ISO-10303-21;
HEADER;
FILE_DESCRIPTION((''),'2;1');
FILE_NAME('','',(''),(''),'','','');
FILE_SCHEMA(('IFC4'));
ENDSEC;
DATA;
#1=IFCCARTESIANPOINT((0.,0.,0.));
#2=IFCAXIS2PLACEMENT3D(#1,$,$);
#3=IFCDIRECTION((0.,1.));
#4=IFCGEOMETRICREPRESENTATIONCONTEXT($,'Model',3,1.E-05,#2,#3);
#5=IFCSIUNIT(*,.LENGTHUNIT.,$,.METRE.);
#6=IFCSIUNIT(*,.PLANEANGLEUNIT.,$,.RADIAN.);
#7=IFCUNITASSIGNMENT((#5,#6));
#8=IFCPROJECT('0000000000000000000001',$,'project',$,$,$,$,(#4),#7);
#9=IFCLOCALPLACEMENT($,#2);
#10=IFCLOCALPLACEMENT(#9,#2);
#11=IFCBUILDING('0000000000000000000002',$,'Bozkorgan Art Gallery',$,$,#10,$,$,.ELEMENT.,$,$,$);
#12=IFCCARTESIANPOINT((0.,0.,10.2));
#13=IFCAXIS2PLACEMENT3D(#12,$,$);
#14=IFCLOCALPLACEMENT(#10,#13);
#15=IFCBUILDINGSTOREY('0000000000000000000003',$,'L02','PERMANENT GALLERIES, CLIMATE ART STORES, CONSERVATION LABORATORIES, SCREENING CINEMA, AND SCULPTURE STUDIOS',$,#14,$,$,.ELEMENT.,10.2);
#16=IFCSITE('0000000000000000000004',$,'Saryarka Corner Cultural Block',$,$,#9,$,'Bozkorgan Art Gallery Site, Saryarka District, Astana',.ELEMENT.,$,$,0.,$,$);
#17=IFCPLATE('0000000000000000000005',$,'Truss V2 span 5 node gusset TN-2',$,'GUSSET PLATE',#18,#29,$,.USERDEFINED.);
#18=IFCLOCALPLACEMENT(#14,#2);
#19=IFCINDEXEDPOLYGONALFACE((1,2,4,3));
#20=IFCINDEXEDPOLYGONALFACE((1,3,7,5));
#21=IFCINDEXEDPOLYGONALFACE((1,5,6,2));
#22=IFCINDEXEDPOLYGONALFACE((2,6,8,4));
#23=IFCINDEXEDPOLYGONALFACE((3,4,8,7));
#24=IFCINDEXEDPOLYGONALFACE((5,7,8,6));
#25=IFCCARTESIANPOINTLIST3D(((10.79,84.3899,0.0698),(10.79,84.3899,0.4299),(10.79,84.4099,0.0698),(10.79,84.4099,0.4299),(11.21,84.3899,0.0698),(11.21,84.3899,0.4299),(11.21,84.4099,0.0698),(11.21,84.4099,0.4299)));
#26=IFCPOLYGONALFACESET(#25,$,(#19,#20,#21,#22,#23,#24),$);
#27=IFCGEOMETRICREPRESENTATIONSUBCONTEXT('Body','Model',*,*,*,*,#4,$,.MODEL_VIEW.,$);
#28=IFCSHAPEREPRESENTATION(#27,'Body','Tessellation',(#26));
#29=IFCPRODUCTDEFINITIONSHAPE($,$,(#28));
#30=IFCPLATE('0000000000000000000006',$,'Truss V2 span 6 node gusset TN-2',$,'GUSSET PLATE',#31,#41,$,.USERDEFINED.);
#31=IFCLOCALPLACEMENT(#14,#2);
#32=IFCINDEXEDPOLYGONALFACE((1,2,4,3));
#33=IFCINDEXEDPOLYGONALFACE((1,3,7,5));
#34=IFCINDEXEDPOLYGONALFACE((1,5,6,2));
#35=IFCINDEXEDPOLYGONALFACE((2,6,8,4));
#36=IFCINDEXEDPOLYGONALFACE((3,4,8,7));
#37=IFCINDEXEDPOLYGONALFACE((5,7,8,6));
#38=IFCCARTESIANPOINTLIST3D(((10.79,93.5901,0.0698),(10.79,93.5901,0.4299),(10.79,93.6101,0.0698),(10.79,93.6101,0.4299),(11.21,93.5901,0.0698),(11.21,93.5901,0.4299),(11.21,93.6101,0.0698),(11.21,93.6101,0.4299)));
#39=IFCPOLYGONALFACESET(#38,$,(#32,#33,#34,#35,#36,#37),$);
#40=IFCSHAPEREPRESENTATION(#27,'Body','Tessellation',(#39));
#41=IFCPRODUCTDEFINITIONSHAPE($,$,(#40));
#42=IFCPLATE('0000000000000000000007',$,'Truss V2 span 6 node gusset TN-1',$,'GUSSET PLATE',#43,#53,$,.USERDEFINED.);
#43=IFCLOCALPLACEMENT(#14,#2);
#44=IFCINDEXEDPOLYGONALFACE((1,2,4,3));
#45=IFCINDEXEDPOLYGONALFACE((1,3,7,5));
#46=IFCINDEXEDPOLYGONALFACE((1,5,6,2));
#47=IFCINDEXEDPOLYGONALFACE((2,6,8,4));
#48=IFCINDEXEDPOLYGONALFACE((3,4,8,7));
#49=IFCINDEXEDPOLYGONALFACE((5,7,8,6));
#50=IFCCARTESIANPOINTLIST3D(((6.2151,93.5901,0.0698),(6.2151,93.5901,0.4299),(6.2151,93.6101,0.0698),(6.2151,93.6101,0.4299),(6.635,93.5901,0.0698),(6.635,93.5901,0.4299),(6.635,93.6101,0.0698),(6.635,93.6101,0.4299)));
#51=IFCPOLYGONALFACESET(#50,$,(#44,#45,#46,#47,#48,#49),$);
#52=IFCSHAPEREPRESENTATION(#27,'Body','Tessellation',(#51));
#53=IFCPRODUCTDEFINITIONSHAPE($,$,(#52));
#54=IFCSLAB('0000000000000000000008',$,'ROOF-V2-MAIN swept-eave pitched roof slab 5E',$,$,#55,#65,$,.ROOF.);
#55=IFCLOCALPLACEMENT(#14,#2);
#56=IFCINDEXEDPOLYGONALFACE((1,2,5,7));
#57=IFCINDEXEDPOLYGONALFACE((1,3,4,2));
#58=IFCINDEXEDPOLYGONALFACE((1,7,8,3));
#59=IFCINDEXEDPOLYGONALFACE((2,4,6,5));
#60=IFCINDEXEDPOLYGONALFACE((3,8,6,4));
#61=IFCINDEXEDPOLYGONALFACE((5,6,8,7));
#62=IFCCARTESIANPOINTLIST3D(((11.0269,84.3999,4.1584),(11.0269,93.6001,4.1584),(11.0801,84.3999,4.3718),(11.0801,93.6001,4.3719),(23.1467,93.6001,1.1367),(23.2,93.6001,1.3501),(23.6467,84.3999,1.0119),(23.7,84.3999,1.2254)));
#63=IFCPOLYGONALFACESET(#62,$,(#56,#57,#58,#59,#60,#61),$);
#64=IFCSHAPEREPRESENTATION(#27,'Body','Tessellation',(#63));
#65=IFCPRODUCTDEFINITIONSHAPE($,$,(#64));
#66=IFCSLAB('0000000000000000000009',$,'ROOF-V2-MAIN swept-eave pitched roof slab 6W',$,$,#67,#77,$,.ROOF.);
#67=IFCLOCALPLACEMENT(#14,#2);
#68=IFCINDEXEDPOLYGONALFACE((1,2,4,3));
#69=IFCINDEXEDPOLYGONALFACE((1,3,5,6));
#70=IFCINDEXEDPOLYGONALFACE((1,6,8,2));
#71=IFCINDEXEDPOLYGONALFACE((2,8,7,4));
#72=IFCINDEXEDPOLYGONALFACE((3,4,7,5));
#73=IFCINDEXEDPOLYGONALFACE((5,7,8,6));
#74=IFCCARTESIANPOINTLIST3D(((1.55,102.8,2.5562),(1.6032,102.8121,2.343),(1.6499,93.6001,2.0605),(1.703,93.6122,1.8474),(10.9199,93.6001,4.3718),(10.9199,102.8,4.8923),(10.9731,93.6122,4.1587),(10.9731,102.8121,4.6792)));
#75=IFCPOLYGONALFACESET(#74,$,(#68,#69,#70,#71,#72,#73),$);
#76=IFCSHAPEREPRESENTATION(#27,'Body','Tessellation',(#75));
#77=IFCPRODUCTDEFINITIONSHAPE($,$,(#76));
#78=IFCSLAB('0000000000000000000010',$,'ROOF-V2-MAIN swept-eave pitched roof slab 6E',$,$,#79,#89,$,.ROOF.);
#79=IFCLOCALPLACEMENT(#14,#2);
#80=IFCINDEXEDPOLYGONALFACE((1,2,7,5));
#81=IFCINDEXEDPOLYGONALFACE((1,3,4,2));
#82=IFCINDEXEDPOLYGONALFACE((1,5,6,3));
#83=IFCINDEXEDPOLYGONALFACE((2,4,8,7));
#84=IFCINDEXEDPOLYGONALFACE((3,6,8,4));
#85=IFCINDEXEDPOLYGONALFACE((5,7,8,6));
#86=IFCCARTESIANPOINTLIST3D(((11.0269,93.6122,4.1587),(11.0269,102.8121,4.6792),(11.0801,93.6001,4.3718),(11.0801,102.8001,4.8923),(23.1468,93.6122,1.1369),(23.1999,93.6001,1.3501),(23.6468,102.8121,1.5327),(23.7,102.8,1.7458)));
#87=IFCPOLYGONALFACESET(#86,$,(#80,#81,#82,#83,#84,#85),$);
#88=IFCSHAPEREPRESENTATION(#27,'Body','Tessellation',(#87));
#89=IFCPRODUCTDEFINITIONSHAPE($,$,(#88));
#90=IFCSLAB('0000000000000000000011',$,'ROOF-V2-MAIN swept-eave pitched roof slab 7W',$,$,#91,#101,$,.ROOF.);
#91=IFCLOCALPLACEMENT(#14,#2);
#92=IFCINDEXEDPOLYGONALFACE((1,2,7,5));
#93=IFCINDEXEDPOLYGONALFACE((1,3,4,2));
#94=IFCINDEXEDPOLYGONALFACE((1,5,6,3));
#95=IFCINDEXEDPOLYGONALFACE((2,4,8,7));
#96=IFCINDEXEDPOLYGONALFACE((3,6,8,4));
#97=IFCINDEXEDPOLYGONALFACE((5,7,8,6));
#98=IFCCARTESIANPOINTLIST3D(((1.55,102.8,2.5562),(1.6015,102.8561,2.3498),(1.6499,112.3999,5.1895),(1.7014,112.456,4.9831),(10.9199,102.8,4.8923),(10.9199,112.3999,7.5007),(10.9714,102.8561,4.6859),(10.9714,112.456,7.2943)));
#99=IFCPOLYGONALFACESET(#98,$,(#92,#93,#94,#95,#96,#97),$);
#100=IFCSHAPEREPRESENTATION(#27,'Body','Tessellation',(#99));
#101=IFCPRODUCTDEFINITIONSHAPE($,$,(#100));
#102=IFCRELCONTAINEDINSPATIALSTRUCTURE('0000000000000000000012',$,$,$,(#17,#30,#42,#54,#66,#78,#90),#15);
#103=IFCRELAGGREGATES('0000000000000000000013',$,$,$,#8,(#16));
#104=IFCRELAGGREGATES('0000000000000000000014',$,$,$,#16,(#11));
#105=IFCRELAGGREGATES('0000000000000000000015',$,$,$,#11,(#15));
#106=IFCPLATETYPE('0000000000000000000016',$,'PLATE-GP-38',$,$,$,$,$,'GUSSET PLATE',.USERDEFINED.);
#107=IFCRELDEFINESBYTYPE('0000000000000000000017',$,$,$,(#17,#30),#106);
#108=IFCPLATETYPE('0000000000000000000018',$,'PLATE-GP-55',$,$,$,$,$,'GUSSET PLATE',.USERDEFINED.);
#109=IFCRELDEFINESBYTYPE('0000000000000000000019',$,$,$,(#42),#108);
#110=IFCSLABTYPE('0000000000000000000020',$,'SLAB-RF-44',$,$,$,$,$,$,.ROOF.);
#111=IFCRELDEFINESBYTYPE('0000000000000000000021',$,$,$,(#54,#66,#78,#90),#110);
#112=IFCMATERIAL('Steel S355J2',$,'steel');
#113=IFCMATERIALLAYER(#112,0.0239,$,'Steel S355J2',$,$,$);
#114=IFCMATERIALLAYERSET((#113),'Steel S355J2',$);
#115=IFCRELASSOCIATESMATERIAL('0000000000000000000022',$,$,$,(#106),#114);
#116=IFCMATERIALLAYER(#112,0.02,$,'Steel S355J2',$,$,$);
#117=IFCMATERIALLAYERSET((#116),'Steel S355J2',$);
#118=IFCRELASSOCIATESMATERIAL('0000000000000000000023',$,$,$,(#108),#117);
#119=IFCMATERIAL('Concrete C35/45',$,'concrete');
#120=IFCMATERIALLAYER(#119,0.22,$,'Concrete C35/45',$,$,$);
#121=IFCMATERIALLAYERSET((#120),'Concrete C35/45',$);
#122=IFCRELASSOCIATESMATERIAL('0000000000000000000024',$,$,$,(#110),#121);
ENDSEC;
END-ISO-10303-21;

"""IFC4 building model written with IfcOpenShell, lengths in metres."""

from ifc_helpers import new_model, si_unit, direction, frame, origin, origin_2d, place, context, subcontext, project, spatial, polyline, rectangle, outline, extrude, material, layer, layer_set, type_object, element, save


model = new_model("IFC4")

# Units and contexts
model_context = context("Model", 3, precision=1e-05, world=origin(), true_north=direction((0.0, 1.0)))
body_context = subcontext(model_context, "Body", "Model", "MODEL_VIEW")
ifc_project = project(units=[si_unit("LENGTHUNIT", "METRE"), si_unit("PLANEANGLEUNIT", "RADIAN")], contexts=[model_context])

# Site, building, storey
site_placement = place(None, origin())
site = spatial("IfcSite", under=ifc_project, at=site_placement, Name="Saryarka Corner Cultural Block", LongName="Bozkorgan Art Gallery Site, Saryarka District, Astana", CompositionType="ELEMENT", RefElevation=0.0)
building_placement = place(site_placement, origin())
building = spatial("IfcBuilding", under=site, at=building_placement, Name="Bozkorgan Art Gallery", CompositionType="ELEMENT")
storey_placement = place(building_placement, frame((0.0, 0.0, 10.2)))
storey = spatial("IfcBuildingStorey", under=building, at=storey_placement, Name="L02", Description="PERMANENT GALLERIES, CLIMATE ART STORES, CONSERVATION LABORATORIES, SCREENING CINEMA, AND SCULPTURE STUDIOS", CompositionType="ELEMENT", Elevation=10.2)

# Shared definitions
ifc_material_1 = material(Name="Steel S355J2", Category="steel")

# Plates
ifc_layer_1 = layer(ifc_material_1, 0.0239, Name="Steel S355J2")
ifc_layer_set_1 = layer_set([ifc_layer_1], Name="Steel S355J2")
plate_type_1 = type_object("IfcPlateType", Name="PLATE-GP-38", ElementType="GUSSET PLATE", PredefinedType="USERDEFINED", material=ifc_layer_set_1)
for number, where, z_axis, x_axis, name in (
    (1, (11.0, 84.3999, 0.0698), (0.0, 0.0, 1.0), (1.0, 0.0, 0.0), "Truss V2 span 5 node gusset TN-2"),
    (2, (11.0, 93.6001, 0.0698), (0.0, 0.0, 1.0), (1.0, 0.0, 0.0), "Truss V2 span 6 node gusset TN-2"),
):
    element("IfcPlate", number, at=place(storey_placement, frame(where, z_axis=z_axis, x_axis=x_axis)), inside=storey, type_object=plate_type_1, Name=name, ObjectType="GUSSET PLATE", PredefinedType="USERDEFINED", context=body_context, shape_type="SweptSolid", body=[
        extrude(rectangle(XDim=0.4199, YDim=0.02, at=origin_2d()), origin(), (0.0, 0.0, 1.0), 0.3601),
    ])
ifc_layer_2 = layer(ifc_material_1, 0.02, Name="Steel S355J2")
ifc_layer_set_2 = layer_set([ifc_layer_2], Name="Steel S355J2")
plate_type_2 = type_object("IfcPlateType", Name="PLATE-GP-55", ElementType="GUSSET PLATE", PredefinedType="USERDEFINED", material=ifc_layer_set_2)
plate_placement = place(storey_placement, frame((6.425, 93.6001, 0.0698), z_axis=(0.0, 0.0, 1.0), x_axis=(1.0, 0.0, 0.0)))
element("IfcPlate", 3, at=plate_placement, inside=storey, type_object=plate_type_2, Name="Truss V2 span 6 node gusset TN-1", ObjectType="GUSSET PLATE", PredefinedType="USERDEFINED", context=body_context, shape_type="SweptSolid", body=[
    extrude(rectangle(XDim=0.4199, YDim=0.02, at=origin_2d()), origin(), (0.0, 0.0, 1.0), 0.3601),
])

# Slabs
ifc_material_2 = material(Name="Concrete C35/45", Category="concrete")
ifc_layer_3 = layer(ifc_material_2, 0.22, Name="Concrete C35/45")
ifc_layer_set_3 = layer_set([ifc_layer_3], Name="Concrete C35/45")
slab_type = type_object("IfcSlabType", Name="SLAB-RF-44", PredefinedType="ROOF", material=ifc_layer_set_3)
slab_1_placement = place(storey_placement, frame((11.0801, 84.3999, 4.3718), z_axis=(0.241918, -0.000005, 0.970297), x_axis=(0.970297, 0.0, -0.241918)))
element("IfcSlab", 4, at=slab_1_placement, inside=storey, type_object=slab_type, Name="ROOF-V2-MAIN swept-eave pitched roof slab 5E", PredefinedType="ROOF", context=body_context, shape_type="SweptSolid", body=[
    extrude(outline(polyline([(0.0, 0.0), (13.0062, 0.0), (12.4909, 9.2002), (0.0, 9.2002), (0.0, 0.0)])), origin(), (0.0, 0.0, -1.0), 0.22),
])
slab_2_placement = place(storey_placement, frame((1.6499, 93.6001, 2.0605), z_axis=(-0.241559, -0.054814, 0.968837), x_axis=(0.970296, 0.0, 0.241923)))
element("IfcSlab", 5, at=slab_2_placement, inside=storey, type_object=slab_type, Name="ROOF-V2-MAIN swept-eave pitched roof slab 6W", PredefinedType="ROOF", context=body_context, shape_type="SweptSolid", body=[
    extrude(outline(polyline([(0.0, 0.0), (9.5538, 0.0), (9.6797, 9.2138), (0.023, 9.2138), (0.0, 0.0)])), origin(), (0.0, 0.0, -1.0), 0.22),
])
slab_3_placement = place(storey_placement, frame((11.0801, 93.6001, 4.3718), z_axis=(0.241555, -0.054809, 0.968838), x_axis=(0.970297, 0.0, -0.241918)))
element("IfcSlab", 6, at=slab_3_placement, inside=storey, type_object=slab_type, Name="ROOF-V2-MAIN swept-eave pitched roof slab 6E", PredefinedType="ROOF", context=body_context, shape_type="SweptSolid", body=[
    extrude(outline(polyline([(0.0, 0.0), (12.4909, 0.0), (12.8803, 9.2138), (-0.1259, 9.2138), (0.0, 0.0)])), origin(), (0.0, 0.0, -1.0), 0.22),
])
slab_4_placement = place(storey_placement, frame((1.55, 102.8, 2.5562), z_axis=(-0.233929, -0.254931, 0.938236), x_axis=(0.970296, 0.0, 0.241923)))
element("IfcSlab", 7, at=slab_4_placement, inside=storey, type_object=slab_type, Name="ROOF-V2-MAIN swept-eave pitched roof slab 7W", PredefinedType="ROOF", context=body_context, shape_type="SweptSolid", body=[
    extrude(outline(polyline([(0.0, 0.0), (9.6567, 0.0), (10.2878, 9.9279), (0.7339, 9.9279), (0.0, 0.0)])), origin(), (0.0, 0.0, -1.0), 0.22),
])

save(model, "model.ifc")
